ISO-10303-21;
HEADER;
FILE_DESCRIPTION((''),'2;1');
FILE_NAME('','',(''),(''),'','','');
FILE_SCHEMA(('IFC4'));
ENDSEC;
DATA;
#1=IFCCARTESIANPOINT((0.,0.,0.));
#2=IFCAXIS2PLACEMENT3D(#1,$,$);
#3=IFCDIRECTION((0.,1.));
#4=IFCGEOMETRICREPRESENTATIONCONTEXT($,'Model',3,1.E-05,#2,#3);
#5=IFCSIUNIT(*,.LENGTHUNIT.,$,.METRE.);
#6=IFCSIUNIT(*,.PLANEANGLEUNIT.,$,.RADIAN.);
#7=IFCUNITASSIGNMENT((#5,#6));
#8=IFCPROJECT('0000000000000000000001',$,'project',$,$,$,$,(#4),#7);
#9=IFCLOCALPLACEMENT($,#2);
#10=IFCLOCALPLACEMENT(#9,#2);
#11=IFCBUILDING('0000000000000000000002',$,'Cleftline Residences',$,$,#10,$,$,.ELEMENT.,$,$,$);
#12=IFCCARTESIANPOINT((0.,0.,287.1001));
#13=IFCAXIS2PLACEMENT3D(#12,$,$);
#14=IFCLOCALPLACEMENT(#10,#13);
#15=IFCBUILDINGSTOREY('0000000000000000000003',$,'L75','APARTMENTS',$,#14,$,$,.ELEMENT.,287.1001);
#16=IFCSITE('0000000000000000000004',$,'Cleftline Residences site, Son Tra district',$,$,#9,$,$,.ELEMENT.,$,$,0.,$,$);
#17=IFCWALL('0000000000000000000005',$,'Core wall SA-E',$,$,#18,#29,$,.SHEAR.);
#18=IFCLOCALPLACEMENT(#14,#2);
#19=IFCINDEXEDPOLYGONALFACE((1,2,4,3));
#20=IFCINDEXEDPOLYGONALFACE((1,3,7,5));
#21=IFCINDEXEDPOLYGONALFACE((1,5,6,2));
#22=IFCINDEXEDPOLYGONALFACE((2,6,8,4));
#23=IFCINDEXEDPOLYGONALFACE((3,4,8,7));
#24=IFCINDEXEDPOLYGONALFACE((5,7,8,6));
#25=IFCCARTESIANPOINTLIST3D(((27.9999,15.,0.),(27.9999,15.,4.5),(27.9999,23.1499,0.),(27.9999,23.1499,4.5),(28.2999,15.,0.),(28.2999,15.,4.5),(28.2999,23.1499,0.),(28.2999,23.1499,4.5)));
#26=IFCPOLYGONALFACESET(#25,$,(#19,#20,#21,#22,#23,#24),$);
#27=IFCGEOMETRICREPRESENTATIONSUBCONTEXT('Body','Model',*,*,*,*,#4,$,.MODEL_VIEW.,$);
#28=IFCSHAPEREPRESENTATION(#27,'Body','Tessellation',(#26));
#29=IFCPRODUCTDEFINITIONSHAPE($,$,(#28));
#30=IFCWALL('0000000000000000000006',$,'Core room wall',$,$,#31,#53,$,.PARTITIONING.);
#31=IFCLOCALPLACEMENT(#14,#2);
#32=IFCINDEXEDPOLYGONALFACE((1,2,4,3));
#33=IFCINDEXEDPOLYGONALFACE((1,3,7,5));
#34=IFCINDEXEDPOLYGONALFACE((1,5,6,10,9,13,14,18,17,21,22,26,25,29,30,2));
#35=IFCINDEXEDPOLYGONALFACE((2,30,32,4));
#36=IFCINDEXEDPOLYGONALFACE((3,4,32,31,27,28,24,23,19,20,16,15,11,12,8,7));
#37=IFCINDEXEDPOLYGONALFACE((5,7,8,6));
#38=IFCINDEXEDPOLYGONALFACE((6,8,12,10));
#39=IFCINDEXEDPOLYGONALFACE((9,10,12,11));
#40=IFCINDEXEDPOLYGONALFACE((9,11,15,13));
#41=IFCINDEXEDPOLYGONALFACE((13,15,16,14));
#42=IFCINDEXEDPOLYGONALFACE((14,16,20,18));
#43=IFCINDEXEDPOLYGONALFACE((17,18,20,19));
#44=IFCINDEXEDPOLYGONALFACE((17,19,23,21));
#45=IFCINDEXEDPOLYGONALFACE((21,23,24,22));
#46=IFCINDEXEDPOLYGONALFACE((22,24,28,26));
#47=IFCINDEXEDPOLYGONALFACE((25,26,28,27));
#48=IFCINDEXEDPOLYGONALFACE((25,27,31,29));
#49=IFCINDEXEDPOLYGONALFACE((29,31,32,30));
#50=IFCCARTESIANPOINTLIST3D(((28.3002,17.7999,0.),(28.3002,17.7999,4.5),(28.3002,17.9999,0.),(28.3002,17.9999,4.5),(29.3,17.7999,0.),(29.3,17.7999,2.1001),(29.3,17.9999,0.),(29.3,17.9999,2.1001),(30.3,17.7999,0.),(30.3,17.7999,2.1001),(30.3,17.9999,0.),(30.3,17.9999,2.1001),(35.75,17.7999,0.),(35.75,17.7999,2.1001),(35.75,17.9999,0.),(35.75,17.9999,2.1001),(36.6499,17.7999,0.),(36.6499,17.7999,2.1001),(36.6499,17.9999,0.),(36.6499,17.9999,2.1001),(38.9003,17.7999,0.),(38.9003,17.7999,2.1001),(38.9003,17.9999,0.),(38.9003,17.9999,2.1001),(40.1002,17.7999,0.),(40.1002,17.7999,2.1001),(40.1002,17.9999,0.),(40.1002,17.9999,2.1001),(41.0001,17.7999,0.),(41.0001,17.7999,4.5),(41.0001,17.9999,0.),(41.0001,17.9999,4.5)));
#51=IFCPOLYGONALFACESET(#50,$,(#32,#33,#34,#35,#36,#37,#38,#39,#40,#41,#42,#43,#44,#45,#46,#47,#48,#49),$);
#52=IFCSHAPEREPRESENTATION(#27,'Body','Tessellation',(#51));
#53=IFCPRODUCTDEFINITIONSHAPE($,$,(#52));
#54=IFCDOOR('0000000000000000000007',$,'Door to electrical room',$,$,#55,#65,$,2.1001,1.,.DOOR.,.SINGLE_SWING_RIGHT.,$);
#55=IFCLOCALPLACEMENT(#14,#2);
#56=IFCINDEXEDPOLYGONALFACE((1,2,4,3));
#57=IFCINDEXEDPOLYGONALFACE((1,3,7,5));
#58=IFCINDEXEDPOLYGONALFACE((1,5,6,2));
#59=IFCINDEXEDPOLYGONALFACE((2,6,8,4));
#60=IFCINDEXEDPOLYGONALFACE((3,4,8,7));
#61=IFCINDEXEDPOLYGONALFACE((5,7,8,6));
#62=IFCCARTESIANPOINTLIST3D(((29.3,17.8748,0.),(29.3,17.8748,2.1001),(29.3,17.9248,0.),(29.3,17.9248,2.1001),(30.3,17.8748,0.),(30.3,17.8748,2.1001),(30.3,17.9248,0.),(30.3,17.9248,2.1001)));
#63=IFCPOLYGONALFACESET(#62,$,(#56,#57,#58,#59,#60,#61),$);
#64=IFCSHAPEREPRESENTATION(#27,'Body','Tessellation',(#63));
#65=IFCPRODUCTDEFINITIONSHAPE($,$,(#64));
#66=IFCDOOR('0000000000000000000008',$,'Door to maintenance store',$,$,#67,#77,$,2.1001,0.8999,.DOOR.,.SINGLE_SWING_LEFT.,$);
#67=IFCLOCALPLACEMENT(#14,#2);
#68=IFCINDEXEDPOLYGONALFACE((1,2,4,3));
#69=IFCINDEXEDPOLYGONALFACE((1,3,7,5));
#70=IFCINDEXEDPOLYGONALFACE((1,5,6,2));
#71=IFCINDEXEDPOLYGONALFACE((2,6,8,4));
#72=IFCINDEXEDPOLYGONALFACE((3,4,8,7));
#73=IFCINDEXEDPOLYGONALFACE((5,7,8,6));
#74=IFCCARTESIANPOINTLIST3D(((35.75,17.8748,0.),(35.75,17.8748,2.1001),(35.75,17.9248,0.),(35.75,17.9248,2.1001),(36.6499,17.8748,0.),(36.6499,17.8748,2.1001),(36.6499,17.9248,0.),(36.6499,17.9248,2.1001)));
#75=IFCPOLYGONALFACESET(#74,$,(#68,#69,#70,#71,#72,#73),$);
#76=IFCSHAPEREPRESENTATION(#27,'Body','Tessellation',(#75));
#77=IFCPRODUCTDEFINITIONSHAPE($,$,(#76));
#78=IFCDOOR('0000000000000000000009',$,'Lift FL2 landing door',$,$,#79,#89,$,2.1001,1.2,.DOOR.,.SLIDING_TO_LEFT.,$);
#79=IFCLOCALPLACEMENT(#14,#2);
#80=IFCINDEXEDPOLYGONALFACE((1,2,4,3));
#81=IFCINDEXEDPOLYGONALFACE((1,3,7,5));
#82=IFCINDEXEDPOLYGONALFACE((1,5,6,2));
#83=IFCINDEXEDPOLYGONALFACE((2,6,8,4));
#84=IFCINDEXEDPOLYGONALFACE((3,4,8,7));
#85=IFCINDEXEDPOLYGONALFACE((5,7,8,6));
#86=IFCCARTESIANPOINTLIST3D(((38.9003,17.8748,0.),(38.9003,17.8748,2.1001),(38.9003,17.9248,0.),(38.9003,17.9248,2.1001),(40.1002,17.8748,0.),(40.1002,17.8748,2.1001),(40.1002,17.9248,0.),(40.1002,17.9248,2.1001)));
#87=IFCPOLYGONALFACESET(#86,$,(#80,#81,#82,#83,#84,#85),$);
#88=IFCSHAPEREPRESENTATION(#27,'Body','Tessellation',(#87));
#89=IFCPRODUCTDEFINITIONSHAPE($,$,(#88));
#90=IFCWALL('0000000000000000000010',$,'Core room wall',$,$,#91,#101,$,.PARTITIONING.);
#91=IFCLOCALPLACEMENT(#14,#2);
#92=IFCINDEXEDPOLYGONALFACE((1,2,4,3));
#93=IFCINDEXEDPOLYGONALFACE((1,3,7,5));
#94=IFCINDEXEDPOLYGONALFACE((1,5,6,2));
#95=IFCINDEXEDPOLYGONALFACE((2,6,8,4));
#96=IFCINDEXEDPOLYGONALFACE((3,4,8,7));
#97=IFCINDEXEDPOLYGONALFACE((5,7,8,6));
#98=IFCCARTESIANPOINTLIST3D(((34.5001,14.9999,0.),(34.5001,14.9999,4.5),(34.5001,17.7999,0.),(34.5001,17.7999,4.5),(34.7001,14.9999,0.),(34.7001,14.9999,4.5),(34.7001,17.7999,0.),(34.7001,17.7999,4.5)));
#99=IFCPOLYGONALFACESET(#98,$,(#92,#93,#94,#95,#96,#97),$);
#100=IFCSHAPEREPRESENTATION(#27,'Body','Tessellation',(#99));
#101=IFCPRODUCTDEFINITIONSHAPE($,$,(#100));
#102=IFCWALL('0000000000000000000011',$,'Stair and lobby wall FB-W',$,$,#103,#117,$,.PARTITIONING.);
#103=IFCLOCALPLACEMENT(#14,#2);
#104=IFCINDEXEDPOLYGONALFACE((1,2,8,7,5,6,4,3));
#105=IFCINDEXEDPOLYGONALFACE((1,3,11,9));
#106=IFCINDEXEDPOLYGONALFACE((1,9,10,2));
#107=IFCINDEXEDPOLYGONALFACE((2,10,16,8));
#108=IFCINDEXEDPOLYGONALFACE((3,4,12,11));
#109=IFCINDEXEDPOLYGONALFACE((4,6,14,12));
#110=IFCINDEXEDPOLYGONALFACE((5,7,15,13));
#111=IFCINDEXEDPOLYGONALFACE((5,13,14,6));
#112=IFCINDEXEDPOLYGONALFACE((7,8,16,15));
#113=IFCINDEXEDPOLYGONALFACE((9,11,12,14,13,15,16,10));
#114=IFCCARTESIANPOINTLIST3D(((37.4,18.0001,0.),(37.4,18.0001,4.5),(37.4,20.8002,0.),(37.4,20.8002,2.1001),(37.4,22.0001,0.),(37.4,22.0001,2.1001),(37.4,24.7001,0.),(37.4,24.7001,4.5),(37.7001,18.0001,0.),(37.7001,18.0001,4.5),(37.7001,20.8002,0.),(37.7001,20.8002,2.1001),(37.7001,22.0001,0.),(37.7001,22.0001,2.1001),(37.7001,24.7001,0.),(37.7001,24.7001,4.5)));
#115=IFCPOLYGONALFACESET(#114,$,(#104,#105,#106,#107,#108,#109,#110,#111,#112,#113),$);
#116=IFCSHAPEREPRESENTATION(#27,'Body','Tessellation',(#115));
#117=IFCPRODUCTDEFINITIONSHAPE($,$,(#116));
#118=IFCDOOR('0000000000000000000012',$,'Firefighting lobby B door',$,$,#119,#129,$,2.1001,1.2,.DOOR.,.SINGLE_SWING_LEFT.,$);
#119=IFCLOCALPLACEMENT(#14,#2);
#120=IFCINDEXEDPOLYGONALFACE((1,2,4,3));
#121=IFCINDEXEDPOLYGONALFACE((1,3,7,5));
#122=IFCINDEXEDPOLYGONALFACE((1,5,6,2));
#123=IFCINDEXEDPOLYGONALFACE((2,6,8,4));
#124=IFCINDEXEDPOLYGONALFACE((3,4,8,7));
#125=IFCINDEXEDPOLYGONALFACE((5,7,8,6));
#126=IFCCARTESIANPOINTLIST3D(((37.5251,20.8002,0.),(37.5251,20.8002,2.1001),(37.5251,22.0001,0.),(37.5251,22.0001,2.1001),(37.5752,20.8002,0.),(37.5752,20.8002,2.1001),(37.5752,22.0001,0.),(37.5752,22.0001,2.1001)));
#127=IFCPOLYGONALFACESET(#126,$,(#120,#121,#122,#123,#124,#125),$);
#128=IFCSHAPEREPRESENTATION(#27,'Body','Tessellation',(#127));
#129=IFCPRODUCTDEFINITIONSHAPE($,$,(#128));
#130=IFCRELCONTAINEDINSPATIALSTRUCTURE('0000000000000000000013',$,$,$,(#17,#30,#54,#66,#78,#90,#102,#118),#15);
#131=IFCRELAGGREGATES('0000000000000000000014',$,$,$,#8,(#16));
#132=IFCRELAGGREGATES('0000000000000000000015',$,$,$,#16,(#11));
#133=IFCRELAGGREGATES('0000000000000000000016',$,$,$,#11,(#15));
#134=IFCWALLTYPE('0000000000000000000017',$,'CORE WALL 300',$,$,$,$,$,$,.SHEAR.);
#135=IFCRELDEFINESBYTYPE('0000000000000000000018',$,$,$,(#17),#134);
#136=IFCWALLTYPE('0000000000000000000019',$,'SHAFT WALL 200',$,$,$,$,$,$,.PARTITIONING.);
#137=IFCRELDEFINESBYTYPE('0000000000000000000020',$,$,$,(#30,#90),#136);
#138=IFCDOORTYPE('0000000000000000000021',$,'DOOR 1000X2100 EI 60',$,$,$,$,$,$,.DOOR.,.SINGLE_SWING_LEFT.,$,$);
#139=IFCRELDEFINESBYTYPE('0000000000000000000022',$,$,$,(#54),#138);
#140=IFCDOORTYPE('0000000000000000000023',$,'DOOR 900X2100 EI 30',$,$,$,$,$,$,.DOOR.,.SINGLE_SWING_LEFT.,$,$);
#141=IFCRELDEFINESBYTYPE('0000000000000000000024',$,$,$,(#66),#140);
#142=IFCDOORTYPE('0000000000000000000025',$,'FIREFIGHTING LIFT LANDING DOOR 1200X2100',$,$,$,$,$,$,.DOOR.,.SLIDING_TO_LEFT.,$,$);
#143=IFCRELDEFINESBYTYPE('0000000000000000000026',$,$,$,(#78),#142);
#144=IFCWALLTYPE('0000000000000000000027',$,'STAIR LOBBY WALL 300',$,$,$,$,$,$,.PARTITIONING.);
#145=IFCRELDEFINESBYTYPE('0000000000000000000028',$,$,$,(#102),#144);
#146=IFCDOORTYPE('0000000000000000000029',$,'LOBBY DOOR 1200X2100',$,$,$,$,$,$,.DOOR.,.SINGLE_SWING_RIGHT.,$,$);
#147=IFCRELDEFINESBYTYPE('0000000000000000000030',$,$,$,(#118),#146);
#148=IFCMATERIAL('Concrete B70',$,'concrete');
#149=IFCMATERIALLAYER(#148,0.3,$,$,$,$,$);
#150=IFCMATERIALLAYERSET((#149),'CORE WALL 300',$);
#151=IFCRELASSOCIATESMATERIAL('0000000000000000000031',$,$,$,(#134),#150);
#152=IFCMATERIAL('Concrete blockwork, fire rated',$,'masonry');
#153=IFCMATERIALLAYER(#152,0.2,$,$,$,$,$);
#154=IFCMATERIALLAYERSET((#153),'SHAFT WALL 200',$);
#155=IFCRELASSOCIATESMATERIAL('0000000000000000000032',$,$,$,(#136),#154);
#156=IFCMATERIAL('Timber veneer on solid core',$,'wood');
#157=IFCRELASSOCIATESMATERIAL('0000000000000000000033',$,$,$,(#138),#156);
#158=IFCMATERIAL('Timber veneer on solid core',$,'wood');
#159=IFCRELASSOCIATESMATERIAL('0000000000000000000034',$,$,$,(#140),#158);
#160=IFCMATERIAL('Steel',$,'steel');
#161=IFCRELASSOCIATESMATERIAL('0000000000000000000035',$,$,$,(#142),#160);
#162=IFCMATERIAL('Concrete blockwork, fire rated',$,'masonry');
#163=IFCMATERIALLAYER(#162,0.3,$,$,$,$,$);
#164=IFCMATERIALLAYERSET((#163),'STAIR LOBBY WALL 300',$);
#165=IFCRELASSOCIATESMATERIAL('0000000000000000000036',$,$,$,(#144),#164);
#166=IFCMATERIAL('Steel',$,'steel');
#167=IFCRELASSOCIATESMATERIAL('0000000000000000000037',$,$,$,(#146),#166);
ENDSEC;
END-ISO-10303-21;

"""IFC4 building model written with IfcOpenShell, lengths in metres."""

from ifc_helpers import new_model, si_unit, direction, frame, frame_2d, origin, place, context, subcontext, project, spatial, rectangle, extrude, material, layer, layer_set, type_object, element, fill, save


model = new_model("IFC4")

# Units and contexts
model_context = context("Model", 3, precision=1e-05, world=origin(), true_north=direction((0.0, 1.0)))
body_context = subcontext(model_context, "Body", "Model", "MODEL_VIEW")
ifc_project = project(units=[si_unit("LENGTHUNIT", "METRE"), si_unit("PLANEANGLEUNIT", "RADIAN")], contexts=[model_context])

# Site, building, storey
site_placement = place(None, origin())
site = spatial("IfcSite", under=ifc_project, at=site_placement, Name="Cleftline Residences site, Son Tra district", CompositionType="ELEMENT", RefElevation=0.0)
building_placement = place(site_placement, origin())
building = spatial("IfcBuilding", under=site, at=building_placement, Name="Cleftline Residences", CompositionType="ELEMENT")
storey_placement = place(building_placement, frame((0.0, 0.0, 287.1001)))
storey = spatial("IfcBuildingStorey", under=building, at=storey_placement, Name="L75", Description="APARTMENTS", CompositionType="ELEMENT", Elevation=287.1001)

# Wall
ifc_material_1 = material(Name="Concrete B70", Category="concrete")
ifc_layer_1 = layer(ifc_material_1, 0.3)
ifc_layer_set_1 = layer_set([ifc_layer_1], Name="CORE WALL 300")
wall_type_1 = type_object("IfcWallType", Name="CORE WALL 300", PredefinedType="SHEAR", material=ifc_layer_set_1)
wall_1_placement = place(storey_placement, frame((28.1499, 15.0, 0.0), z_axis=(0.0, 0.0, 1.0), x_axis=(0.0, 1.0, 0.0)))
element("IfcWall", 1, at=wall_1_placement, inside=storey, type_object=wall_type_1, Name="Core wall SA-E", PredefinedType="SHEAR", context=body_context, shape_type="SweptSolid", body=[
    extrude(rectangle(XDim=8.1499, YDim=0.3, at=frame_2d((4.075, 0.0))), origin(), (0.0, 0.0, 1.0), 4.5),
])

# Wall, openings, doors
ifc_material_2 = material(Name="Concrete blockwork, fire rated", Category="masonry")
ifc_layer_2 = layer(ifc_material_2, 0.2)
ifc_layer_set_2 = layer_set([ifc_layer_2], Name="SHAFT WALL 200")
wall_type_2 = type_object("IfcWallType", Name="SHAFT WALL 200", PredefinedType="PARTITIONING", material=ifc_layer_set_2)
wall_2_placement = place(storey_placement, frame((28.3, 17.8999, 0.0), z_axis=(0.0, 0.0, 1.0), x_axis=(1.0, 0.0, 0.0)))
wall_2 = element("IfcWall", 2, at=wall_2_placement, inside=storey, type_object=wall_type_2, Name="Core room wall", PredefinedType="PARTITIONING", context=body_context, shape_type="SweptSolid", body=[
    extrude(rectangle(XDim=12.7, YDim=0.2, at=frame_2d((6.3501, 0.0))), origin(), (0.0, 0.0, 1.0), 4.5),
])
opening_1_placement = place(wall_2_placement, frame((1.0, 0.0, 0.0)))
opening_1 = element("IfcOpeningElement", 3, at=opening_1_placement, cuts=wall_2, PredefinedType="OPENING", context=body_context, shape_type="SweptSolid", body=[
    extrude(rectangle(XDim=1.0, YDim=2.1001, at=frame_2d((0.5, 1.05))), frame((0.0, 0.1099, 0.0), z_axis=(0.0, -1.0, 0.0), x_axis=(1.0, 0.0, 0.0)), (0.0, 0.0, 1.0), 0.22),
])
opening_2_placement = place(wall_2_placement, frame((7.45, 0.0, 0.0)))
opening_2 = element("IfcOpeningElement", 4, at=opening_2_placement, cuts=wall_2, PredefinedType="OPENING", context=body_context, shape_type="SweptSolid", body=[
    extrude(rectangle(XDim=0.8999, YDim=2.1001, at=frame_2d((0.45, 1.05))), frame((0.0, 0.1099, 0.0), z_axis=(0.0, -1.0, 0.0), x_axis=(1.0, 0.0, 0.0)), (0.0, 0.0, 1.0), 0.22),
])
opening_3_placement = place(wall_2_placement, frame((10.6001, 0.0, 0.0)))
opening_3 = element("IfcOpeningElement", 5, at=opening_3_placement, cuts=wall_2, PredefinedType="OPENING", context=body_context, shape_type="SweptSolid", body=[
    extrude(rectangle(XDim=1.2, YDim=2.1001, at=frame_2d((0.6001, 1.05))), frame((0.0, 0.1099, 0.0), z_axis=(0.0, -1.0, 0.0), x_axis=(1.0, 0.0, 0.0)), (0.0, 0.0, 1.0), 0.22),
])
ifc_material_3 = material(Name="Timber veneer on solid core", Category="wood")
door_type_1 = type_object("IfcDoorType", Name="DOOR 1000X2100 EI 60", OperationType="SINGLE_SWING_LEFT", PredefinedType="DOOR", material=ifc_material_3)
door_1_placement = place(opening_1_placement, origin())
door_1 = element("IfcDoor", 6, at=door_1_placement, inside=storey, type_object=door_type_1, Name="Door to electrical room", OperationType="SINGLE_SWING_RIGHT", OverallHeight=2.1001, OverallWidth=1.0, PredefinedType="DOOR", context=body_context, shape_type="SweptSolid", body=[
    extrude(rectangle(XDim=1.0, YDim=2.1001, at=frame_2d((0.5, 1.05))), frame((0.0, 0.0249, 0.0), z_axis=(0.0, -1.0, 0.0), x_axis=(1.0, 0.0, 0.0)), (0.0, 0.0, 1.0), 0.05),
])
fill(opening_1, door_1)
ifc_material_4 = material(Name="Timber veneer on solid core", Category="wood")
door_type_2 = type_object("IfcDoorType", Name="DOOR 900X2100 EI 30", OperationType="SINGLE_SWING_LEFT", PredefinedType="DOOR", material=ifc_material_4)
door_2_placement = place(opening_2_placement, origin())
door_2 = element("IfcDoor", 7, at=door_2_placement, inside=storey, type_object=door_type_2, Name="Door to maintenance store", OperationType="SINGLE_SWING_LEFT", OverallHeight=2.1001, OverallWidth=0.8999, PredefinedType="DOOR", context=body_context, shape_type="SweptSolid", body=[
    extrude(rectangle(XDim=0.8999, YDim=2.1001, at=frame_2d((0.45, 1.05))), frame((0.0, 0.0249, 0.0), z_axis=(0.0, -1.0, 0.0), x_axis=(1.0, 0.0, 0.0)), (0.0, 0.0, 1.0), 0.05),
])
fill(opening_2, door_2)
ifc_material_5 = material(Name="Steel", Category="steel")
door_type_3 = type_object("IfcDoorType", Name="FIREFIGHTING LIFT LANDING DOOR 1200X2100", OperationType="SLIDING_TO_LEFT", PredefinedType="DOOR", material=ifc_material_5)
door_3_placement = place(opening_3_placement, origin())
door_3 = element("IfcDoor", 8, at=door_3_placement, inside=storey, type_object=door_type_3, Name="Lift FL2 landing door", OperationType="SLIDING_TO_LEFT", OverallHeight=2.1001, OverallWidth=1.2, PredefinedType="DOOR", context=body_context, shape_type="SweptSolid", body=[
    extrude(rectangle(XDim=1.2, YDim=2.1001, at=frame_2d((0.6001, 1.05))), frame((0.0, 0.0249, 0.0), z_axis=(0.0, -1.0, 0.0), x_axis=(1.0, 0.0, 0.0)), (0.0, 0.0, 1.0), 0.05),
])
fill(opening_3, door_3)

# Wall
wall_3_placement = place(storey_placement, frame((34.6001, 15.0, 0.0), z_axis=(0.0, 0.0, 1.0), x_axis=(0.0, 1.0, 0.0)))
element("IfcWall", 9, at=wall_3_placement, inside=storey, type_object=wall_type_2, Name="Core room wall", PredefinedType="PARTITIONING", context=body_context, shape_type="SweptSolid", body=[
    extrude(rectangle(XDim=2.8, YDim=0.2, at=frame_2d((1.3999, 0.0))), origin(), (0.0, 0.0, 1.0), 4.5),
])

# Wall, opening, door
ifc_material_6 = material(Name="Concrete blockwork, fire rated", Category="masonry")
ifc_layer_3 = layer(ifc_material_6, 0.3)
ifc_layer_set_3 = layer_set([ifc_layer_3], Name="STAIR LOBBY WALL 300")
wall_type_3 = type_object("IfcWallType", Name="STAIR LOBBY WALL 300", PredefinedType="PARTITIONING", material=ifc_layer_set_3)
wall_4_placement = place(storey_placement, frame((37.55, 18.0, 0.0), z_axis=(0.0, 0.0, 1.0), x_axis=(0.0, 1.0, 0.0)))
wall_4 = element("IfcWall", 10, at=wall_4_placement, inside=storey, type_object=wall_type_3, Name="Stair and lobby wall FB-W", PredefinedType="PARTITIONING", context=body_context, shape_type="SweptSolid", body=[
    extrude(rectangle(XDim=6.7, YDim=0.3, at=frame_2d((3.3501, 0.0))), origin(), (0.0, 0.0, 1.0), 4.5),
])
opening_4_placement = place(wall_4_placement, frame((2.8, 0.0, 0.0)))
opening_4 = element("IfcOpeningElement", 11, at=opening_4_placement, cuts=wall_4, PredefinedType="OPENING", context=body_context, shape_type="SweptSolid", body=[
    extrude(rectangle(XDim=1.2, YDim=2.1001, at=frame_2d((0.6001, 1.05))), frame((0.0, 0.1599, 0.0), z_axis=(0.0, -1.0, 0.0), x_axis=(1.0, 0.0, 0.0)), (0.0, 0.0, 1.0), 0.3201),
])
ifc_material_7 = material(Name="Steel", Category="steel")
door_type_4 = type_object("IfcDoorType", Name="LOBBY DOOR 1200X2100", OperationType="SINGLE_SWING_RIGHT", PredefinedType="DOOR", material=ifc_material_7)
door_4_placement = place(opening_4_placement, origin())
door_4 = element("IfcDoor", 12, at=door_4_placement, inside=storey, type_object=door_type_4, Name="Firefighting lobby B door", OperationType="SINGLE_SWING_LEFT", OverallHeight=2.1001, OverallWidth=1.2, PredefinedType="DOOR", context=body_context, shape_type="SweptSolid", body=[
    extrude(rectangle(XDim=1.2, YDim=2.1001, at=frame_2d((0.6001, 1.05))), frame((0.0, 0.0249, 0.0), z_axis=(0.0, -1.0, 0.0), x_axis=(1.0, 0.0, 0.0)), (0.0, 0.0, 1.0), 0.05),
])
fill(opening_4, door_4)

save(model, "model.ifc")
